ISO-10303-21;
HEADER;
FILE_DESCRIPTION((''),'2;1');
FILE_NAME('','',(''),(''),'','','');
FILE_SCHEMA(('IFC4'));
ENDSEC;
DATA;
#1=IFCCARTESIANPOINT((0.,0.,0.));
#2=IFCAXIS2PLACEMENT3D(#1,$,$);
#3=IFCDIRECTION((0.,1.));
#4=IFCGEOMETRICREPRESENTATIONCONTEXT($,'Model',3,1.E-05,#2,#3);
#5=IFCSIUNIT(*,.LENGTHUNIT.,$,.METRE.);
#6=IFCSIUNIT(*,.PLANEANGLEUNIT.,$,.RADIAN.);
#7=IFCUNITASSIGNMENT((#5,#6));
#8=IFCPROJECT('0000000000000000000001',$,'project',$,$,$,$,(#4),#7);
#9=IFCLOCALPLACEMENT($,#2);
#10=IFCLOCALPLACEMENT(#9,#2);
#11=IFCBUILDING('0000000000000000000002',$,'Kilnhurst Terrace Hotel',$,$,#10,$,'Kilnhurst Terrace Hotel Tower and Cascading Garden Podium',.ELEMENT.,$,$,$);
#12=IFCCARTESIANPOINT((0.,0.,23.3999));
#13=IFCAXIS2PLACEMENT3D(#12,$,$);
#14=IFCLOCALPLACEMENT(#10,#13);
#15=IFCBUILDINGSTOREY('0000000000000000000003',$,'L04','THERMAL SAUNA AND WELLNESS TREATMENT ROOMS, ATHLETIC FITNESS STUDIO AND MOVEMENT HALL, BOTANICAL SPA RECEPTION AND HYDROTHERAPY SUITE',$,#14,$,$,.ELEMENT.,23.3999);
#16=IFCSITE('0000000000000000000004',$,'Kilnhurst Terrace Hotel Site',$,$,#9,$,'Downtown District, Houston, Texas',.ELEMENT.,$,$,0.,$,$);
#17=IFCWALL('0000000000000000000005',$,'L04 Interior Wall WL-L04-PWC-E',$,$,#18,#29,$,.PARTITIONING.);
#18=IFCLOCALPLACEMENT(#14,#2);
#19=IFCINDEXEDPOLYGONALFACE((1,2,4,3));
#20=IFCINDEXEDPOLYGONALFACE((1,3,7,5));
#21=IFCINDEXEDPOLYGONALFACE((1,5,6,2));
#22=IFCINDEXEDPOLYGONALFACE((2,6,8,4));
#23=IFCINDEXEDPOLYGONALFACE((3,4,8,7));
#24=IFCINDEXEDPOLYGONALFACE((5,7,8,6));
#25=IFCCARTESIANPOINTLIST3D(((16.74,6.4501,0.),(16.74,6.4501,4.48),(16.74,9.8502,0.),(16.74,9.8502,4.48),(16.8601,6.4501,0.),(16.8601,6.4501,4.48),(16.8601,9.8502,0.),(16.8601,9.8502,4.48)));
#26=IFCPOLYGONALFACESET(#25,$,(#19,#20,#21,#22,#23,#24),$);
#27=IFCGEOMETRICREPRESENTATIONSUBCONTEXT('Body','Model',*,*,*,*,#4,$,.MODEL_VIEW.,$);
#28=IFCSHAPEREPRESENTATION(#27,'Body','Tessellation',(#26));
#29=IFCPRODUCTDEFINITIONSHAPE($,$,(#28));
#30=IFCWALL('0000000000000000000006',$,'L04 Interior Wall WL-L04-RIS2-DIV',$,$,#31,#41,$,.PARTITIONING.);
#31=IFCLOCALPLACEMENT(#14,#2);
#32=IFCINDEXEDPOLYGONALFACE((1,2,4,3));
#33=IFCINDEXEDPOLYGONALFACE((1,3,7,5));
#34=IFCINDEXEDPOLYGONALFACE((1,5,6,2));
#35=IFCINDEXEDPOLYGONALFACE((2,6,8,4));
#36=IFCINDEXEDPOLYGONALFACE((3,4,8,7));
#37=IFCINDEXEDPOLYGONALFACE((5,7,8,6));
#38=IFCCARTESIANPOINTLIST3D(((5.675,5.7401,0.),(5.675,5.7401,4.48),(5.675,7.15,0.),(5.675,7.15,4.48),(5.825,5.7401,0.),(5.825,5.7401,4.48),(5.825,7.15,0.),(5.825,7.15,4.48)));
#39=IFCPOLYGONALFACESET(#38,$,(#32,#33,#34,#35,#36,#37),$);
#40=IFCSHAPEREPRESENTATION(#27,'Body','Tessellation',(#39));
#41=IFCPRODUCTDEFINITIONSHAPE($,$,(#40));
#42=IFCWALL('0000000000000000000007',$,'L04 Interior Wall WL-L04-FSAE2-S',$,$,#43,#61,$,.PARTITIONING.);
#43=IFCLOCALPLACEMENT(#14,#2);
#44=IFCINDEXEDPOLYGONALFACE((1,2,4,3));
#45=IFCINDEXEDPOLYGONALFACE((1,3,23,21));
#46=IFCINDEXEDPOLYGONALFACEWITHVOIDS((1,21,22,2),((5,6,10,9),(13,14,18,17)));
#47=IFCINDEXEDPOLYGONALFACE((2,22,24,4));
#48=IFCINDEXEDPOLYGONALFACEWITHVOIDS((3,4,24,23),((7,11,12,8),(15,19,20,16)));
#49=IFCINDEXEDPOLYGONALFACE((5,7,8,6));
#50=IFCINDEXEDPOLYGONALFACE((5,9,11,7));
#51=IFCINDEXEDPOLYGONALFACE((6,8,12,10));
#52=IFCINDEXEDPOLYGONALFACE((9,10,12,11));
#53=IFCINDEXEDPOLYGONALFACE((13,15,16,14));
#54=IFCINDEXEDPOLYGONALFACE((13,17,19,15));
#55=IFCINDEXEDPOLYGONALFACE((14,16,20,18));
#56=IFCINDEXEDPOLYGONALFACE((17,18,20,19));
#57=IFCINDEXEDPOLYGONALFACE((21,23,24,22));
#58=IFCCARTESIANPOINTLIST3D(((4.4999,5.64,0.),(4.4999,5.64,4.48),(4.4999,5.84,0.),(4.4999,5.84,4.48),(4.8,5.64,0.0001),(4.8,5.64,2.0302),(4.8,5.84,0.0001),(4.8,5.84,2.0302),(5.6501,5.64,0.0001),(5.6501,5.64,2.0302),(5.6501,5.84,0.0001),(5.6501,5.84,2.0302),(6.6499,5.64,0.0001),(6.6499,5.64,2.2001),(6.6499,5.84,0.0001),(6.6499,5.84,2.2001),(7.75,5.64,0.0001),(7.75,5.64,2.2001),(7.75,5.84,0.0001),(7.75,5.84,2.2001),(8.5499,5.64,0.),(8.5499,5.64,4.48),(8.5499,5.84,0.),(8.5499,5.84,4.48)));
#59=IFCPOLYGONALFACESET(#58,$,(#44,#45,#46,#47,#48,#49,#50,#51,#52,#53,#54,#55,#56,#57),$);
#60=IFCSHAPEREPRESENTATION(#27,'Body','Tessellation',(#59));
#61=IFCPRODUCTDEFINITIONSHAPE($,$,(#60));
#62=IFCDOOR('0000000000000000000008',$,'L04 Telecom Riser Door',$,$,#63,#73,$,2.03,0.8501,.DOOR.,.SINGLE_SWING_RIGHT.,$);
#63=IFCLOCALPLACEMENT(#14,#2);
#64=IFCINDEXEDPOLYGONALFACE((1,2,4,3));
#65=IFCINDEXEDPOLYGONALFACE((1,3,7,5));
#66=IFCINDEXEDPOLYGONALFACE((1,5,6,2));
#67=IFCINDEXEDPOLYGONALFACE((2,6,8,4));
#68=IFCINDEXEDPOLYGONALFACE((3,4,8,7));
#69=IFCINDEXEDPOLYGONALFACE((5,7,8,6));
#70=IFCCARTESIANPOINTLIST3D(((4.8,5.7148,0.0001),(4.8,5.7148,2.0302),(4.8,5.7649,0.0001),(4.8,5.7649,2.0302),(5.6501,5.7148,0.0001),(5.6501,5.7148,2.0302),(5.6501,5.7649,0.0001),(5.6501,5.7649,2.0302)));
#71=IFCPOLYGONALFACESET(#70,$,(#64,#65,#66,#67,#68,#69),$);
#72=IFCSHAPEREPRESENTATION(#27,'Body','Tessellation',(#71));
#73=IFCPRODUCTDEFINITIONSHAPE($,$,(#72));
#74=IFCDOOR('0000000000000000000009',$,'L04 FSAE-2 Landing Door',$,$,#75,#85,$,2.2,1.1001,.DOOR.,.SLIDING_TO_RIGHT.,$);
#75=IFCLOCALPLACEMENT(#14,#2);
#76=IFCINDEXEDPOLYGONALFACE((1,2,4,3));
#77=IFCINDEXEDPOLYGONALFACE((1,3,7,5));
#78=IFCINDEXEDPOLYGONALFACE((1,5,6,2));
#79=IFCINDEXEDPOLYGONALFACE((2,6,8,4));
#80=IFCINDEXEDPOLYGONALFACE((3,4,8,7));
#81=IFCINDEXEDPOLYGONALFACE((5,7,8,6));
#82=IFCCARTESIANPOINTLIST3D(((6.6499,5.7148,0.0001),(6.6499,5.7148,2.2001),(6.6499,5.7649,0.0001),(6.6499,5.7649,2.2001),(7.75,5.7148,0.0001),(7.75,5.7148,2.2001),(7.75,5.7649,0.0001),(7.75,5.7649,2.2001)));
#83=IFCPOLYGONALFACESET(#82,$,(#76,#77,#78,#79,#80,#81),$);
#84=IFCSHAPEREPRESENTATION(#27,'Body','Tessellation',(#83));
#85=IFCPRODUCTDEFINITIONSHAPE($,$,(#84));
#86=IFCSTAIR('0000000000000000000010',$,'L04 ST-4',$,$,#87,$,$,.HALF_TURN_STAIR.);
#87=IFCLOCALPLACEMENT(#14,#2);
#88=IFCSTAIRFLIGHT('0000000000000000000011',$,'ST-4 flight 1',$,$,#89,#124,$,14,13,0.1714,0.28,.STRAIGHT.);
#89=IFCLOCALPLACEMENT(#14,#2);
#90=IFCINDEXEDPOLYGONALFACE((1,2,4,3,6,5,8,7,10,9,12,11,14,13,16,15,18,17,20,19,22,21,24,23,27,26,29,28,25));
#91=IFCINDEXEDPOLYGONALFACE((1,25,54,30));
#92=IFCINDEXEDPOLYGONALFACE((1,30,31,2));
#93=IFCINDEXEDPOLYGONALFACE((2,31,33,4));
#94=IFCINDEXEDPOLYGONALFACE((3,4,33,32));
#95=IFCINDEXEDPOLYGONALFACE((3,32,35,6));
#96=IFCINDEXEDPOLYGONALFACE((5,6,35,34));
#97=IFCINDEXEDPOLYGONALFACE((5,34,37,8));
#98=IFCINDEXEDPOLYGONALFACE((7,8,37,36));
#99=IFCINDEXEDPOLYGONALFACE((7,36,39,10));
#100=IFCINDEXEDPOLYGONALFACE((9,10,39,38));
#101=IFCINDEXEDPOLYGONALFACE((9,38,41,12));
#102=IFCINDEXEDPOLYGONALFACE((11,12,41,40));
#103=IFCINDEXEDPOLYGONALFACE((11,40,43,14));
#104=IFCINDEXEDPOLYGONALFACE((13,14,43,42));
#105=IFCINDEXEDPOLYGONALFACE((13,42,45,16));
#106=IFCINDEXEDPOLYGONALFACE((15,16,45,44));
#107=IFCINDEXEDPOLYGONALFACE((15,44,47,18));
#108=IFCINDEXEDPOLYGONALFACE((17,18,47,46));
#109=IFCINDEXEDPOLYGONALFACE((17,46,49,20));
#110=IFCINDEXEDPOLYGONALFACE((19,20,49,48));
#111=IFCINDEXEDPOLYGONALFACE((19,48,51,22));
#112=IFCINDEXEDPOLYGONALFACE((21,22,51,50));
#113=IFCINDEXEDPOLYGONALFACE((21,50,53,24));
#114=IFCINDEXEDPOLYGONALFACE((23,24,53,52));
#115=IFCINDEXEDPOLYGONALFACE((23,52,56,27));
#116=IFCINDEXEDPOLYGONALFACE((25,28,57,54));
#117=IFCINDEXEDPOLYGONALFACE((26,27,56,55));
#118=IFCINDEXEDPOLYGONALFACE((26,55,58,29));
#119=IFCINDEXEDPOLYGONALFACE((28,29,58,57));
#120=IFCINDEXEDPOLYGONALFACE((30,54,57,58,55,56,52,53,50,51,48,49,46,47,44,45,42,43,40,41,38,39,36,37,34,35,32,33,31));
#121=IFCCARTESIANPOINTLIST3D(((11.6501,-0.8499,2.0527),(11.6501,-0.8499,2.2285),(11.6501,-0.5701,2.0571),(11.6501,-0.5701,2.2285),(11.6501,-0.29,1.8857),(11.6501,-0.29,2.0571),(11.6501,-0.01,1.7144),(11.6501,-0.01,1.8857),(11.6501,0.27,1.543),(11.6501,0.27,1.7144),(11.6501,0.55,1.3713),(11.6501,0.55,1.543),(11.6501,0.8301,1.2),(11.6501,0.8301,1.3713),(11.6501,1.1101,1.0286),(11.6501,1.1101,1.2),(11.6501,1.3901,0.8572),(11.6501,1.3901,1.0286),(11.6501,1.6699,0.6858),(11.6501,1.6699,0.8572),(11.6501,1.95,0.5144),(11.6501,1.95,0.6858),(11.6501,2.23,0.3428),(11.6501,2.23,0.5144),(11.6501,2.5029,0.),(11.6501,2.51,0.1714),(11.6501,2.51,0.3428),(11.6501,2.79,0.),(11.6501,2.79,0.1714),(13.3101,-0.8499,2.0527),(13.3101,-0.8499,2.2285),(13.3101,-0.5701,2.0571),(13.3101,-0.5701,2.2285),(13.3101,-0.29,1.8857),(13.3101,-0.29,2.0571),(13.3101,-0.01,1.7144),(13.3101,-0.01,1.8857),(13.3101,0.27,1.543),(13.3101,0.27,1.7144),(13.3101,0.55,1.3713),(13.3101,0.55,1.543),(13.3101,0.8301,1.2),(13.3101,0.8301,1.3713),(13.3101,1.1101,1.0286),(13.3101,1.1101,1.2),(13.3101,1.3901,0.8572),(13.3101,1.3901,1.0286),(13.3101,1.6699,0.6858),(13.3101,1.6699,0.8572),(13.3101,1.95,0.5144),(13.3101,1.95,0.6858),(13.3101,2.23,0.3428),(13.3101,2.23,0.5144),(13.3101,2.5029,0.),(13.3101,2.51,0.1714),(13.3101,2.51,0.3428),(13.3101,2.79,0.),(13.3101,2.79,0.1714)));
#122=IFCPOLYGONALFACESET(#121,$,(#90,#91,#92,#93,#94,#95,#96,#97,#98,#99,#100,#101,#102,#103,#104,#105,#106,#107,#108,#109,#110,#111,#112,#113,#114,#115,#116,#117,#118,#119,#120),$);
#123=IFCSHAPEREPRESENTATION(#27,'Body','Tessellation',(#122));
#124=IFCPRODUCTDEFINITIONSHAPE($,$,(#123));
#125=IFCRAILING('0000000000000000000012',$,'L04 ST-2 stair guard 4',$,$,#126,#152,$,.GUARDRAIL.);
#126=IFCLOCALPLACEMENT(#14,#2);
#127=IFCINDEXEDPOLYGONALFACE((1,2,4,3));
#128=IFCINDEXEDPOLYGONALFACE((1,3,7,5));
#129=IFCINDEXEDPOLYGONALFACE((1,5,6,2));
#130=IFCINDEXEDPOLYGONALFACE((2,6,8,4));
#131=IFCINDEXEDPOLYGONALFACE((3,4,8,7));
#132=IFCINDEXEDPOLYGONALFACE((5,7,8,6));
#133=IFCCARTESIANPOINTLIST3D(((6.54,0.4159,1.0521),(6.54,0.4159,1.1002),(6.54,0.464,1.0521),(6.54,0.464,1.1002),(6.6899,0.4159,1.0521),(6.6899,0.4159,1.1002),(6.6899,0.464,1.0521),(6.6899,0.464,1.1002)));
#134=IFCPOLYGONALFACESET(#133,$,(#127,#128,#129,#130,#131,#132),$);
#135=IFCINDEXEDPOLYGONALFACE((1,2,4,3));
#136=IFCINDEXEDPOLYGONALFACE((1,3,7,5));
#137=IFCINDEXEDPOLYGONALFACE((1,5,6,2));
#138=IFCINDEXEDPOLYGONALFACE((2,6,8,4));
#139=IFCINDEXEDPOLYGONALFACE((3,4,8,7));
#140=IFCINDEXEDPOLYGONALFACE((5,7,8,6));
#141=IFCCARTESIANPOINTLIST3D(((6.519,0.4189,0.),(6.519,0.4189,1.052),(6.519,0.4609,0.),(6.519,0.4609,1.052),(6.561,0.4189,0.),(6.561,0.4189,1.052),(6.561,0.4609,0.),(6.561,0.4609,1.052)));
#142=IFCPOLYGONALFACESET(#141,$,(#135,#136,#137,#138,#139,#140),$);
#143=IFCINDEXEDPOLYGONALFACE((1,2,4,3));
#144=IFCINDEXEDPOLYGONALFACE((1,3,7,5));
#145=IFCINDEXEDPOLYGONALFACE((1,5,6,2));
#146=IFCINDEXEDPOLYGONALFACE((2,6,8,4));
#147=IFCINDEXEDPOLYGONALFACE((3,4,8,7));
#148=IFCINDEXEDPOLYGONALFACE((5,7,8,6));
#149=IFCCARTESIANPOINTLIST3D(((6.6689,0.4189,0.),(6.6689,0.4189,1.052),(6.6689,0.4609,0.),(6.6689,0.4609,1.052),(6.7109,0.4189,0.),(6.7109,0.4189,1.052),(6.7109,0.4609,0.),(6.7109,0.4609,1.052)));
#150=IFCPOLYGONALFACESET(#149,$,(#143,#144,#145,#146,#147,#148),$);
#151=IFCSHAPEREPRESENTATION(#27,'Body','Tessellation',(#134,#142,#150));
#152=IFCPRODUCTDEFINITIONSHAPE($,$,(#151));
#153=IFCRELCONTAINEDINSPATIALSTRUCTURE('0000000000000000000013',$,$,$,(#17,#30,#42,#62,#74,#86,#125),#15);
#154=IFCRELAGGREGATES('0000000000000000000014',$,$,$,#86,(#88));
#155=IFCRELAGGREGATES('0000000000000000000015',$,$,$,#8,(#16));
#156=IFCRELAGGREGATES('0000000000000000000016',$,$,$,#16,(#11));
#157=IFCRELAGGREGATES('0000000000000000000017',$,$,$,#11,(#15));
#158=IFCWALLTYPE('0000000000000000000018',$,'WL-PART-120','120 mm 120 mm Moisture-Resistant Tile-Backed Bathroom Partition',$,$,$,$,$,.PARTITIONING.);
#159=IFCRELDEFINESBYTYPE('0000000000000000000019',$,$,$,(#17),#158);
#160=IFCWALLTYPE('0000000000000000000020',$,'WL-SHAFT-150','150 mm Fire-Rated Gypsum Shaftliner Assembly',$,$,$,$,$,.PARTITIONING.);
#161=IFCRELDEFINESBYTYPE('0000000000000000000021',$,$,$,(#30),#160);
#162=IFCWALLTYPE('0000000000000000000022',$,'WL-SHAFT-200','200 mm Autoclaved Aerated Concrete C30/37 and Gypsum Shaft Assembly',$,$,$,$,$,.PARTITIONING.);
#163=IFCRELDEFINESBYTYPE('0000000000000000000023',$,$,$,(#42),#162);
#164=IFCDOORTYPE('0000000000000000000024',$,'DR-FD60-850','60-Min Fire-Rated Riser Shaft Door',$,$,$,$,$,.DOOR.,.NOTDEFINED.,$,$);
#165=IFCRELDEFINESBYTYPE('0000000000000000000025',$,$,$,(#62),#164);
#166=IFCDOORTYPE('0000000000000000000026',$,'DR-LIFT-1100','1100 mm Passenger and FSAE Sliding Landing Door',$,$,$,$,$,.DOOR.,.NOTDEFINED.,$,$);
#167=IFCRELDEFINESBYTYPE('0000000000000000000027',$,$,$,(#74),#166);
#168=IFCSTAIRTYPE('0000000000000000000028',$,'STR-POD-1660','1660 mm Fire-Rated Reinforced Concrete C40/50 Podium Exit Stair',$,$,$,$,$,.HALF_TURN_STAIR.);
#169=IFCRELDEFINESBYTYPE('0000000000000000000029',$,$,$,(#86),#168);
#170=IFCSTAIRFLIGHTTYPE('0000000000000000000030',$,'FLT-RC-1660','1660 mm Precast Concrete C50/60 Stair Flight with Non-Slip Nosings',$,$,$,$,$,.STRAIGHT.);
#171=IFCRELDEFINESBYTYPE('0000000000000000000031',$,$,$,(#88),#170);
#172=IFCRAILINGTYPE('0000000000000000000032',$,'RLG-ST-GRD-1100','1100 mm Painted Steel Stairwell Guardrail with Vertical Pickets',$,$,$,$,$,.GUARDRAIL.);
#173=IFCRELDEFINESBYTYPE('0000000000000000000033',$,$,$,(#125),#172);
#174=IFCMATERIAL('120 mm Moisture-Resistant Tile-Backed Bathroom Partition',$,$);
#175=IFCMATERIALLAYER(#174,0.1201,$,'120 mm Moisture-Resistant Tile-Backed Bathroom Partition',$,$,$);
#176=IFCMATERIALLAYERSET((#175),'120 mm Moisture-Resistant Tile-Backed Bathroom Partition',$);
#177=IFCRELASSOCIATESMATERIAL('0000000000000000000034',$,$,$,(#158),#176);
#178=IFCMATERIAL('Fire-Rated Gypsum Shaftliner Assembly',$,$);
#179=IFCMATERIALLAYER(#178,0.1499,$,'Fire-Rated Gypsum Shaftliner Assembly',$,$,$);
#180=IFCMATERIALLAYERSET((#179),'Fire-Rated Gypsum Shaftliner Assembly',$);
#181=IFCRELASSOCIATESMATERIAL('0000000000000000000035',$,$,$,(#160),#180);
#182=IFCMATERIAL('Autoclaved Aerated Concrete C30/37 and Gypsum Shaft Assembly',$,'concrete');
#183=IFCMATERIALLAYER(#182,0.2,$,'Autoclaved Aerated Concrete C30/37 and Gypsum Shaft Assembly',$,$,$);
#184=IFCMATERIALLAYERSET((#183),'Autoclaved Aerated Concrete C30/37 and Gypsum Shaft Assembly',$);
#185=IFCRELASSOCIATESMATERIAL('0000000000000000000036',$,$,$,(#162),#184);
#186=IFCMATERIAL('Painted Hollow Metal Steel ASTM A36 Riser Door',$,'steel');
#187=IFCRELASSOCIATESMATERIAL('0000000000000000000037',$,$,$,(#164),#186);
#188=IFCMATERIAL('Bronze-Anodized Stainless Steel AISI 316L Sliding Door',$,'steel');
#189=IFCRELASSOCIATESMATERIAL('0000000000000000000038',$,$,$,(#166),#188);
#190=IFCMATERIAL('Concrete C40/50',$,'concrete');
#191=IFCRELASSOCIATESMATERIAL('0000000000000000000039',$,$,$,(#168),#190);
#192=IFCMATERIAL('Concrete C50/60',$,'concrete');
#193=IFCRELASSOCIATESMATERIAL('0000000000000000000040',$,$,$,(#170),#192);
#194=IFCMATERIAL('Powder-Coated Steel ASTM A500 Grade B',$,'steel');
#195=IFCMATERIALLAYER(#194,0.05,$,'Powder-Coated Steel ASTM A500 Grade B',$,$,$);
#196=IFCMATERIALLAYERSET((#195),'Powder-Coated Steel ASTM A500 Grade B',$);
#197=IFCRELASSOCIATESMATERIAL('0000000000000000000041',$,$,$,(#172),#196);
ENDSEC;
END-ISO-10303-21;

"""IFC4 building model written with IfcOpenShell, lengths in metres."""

from ifc_helpers import new_model, si_unit, direction, frame, frame_2d, origin, origin_2d, place, context, subcontext, project, spatial, polyline, rectangle, outline, extrude, material, layer, layer_set, type_object, element, fill, aggregate, save


model = new_model("IFC4")

# Units and contexts
model_context = context("Model", 3, precision=1e-05, world=origin(), true_north=direction((0.0, 1.0)))
body_context = subcontext(model_context, "Body", "Model", "MODEL_VIEW")
ifc_project = project(units=[si_unit("LENGTHUNIT", "METRE"), si_unit("PLANEANGLEUNIT", "RADIAN")], contexts=[model_context])

# Site, building, storey
site_placement = place(None, origin())
site = spatial("IfcSite", under=ifc_project, at=site_placement, Name="Kilnhurst Terrace Hotel Site", LongName="Downtown District, Houston, Texas", CompositionType="ELEMENT", RefElevation=0.0)
building_placement = place(site_placement, origin())
building = spatial("IfcBuilding", under=site, at=building_placement, Name="Kilnhurst Terrace Hotel", LongName="Kilnhurst Terrace Hotel Tower and Cascading Garden Podium", CompositionType="ELEMENT")
storey_placement = place(building_placement, frame((0.0, 0.0, 23.3999)))
storey = spatial("IfcBuildingStorey", under=building, at=storey_placement, Name="L04", Description="THERMAL SAUNA AND WELLNESS TREATMENT ROOMS, ATHLETIC FITNESS STUDIO AND MOVEMENT HALL, BOTANICAL SPA RECEPTION AND HYDROTHERAPY SUITE", CompositionType="ELEMENT", Elevation=23.3999)

# Walls
ifc_material_1 = material(Name="120 mm Moisture-Resistant Tile-Backed Bathroom Partition")
ifc_layer_1 = layer(ifc_material_1, 0.1201, Name="120 mm Moisture-Resistant Tile-Backed Bathroom Partition")
ifc_layer_set_1 = layer_set([ifc_layer_1], Name="120 mm Moisture-Resistant Tile-Backed Bathroom Partition")
wall_type_1 = type_object("IfcWallType", Name="WL-PART-120", Description="120 mm 120 mm Moisture-Resistant Tile-Backed Bathroom Partition", PredefinedType="PARTITIONING", material=ifc_layer_set_1)
wall_1_placement = place(storey_placement, frame((16.8, 6.45, 0.0), z_axis=(0.0, 0.0, 1.0), x_axis=(0.0, 1.0, 0.0)))
element("IfcWall", 1, at=wall_1_placement, inside=storey, type_object=wall_type_1, Name="L04 Interior Wall WL-L04-PWC-E", PredefinedType="PARTITIONING", context=body_context, shape_type="SweptSolid", body=[
    extrude(rectangle(XDim=3.4001, YDim=0.1201, at=frame_2d((1.7002, 0.0))), origin(), (0.0, 0.0, 1.0), 4.48),
])
ifc_material_2 = material(Name="Fire-Rated Gypsum Shaftliner Assembly")
ifc_layer_2 = layer(ifc_material_2, 0.1499, Name="Fire-Rated Gypsum Shaftliner Assembly")
ifc_layer_set_2 = layer_set([ifc_layer_2], Name="Fire-Rated Gypsum Shaftliner Assembly")
wall_type_2 = type_object("IfcWallType", Name="WL-SHAFT-150", Description="150 mm Fire-Rated Gypsum Shaftliner Assembly", PredefinedType="PARTITIONING", material=ifc_layer_set_2)
wall_2_placement = place(storey_placement, frame((5.75, 5.74, 0.0), z_axis=(0.0, 0.0, 1.0), x_axis=(0.0, 1.0, 0.0)))
element("IfcWall", 2, at=wall_2_placement, inside=storey, type_object=wall_type_2, Name="L04 Interior Wall WL-L04-RIS2-DIV", PredefinedType="PARTITIONING", context=body_context, shape_type="SweptSolid", body=[
    extrude(rectangle(XDim=1.4099, YDim=0.1499, at=frame_2d((0.7051, 0.0))), origin(), (0.0, 0.0, 1.0), 4.48),
])

# Wall, openings, doors
ifc_material_3 = material(Name="Autoclaved Aerated Concrete C30/37 and Gypsum Shaft Assembly", Category="concrete")
ifc_layer_3 = layer(ifc_material_3, 0.2, Name="Autoclaved Aerated Concrete C30/37 and Gypsum Shaft Assembly")
ifc_layer_set_3 = layer_set([ifc_layer_3], Name="Autoclaved Aerated Concrete C30/37 and Gypsum Shaft Assembly")
wall_type_3 = type_object("IfcWallType", Name="WL-SHAFT-200", Description="200 mm Autoclaved Aerated Concrete C30/37 and Gypsum Shaft Assembly", PredefinedType="PARTITIONING", material=ifc_layer_set_3)
wall_3_placement = place(storey_placement, frame((4.5, 5.74, 0.0), z_axis=(0.0, 0.0, 1.0), x_axis=(1.0, 0.0, 0.0)))
wall_3 = element("IfcWall", 3, at=wall_3_placement, inside=storey, type_object=wall_type_3, Name="L04 Interior Wall WL-L04-FSAE2-S", PredefinedType="PARTITIONING", context=body_context, shape_type="SweptSolid", body=[
    extrude(rectangle(XDim=4.05, YDim=0.2, at=frame_2d((2.0249, 0.0))), origin(), (0.0, 0.0, 1.0), 4.48),
])
opening_1_placement = place(wall_3_placement, frame((0.3, 0.0, 0.0)))
opening_1 = element("IfcOpeningElement", 4, at=opening_1_placement, cuts=wall_3, PredefinedType="OPENING", context=body_context, shape_type="SweptSolid", body=[
    extrude(rectangle(XDim=0.8501, YDim=2.03, at=frame_2d((0.425, 1.0151))), frame((0.0, 0.1099, 0.0), z_axis=(0.0, -1.0, 0.0), x_axis=(1.0, 0.0, 0.0)), (0.0, 0.0, 1.0), 0.22),
])
opening_2_placement = place(wall_3_placement, frame((2.1499, 0.0, 0.0)))
opening_2 = element("IfcOpeningElement", 5, at=opening_2_placement, cuts=wall_3, PredefinedType="OPENING", context=body_context, shape_type="SweptSolid", body=[
    extrude(rectangle(XDim=1.1001, YDim=2.2, at=frame_2d((0.55, 1.1001))), frame((0.0, 0.1099, 0.0), z_axis=(0.0, -1.0, 0.0), x_axis=(1.0, 0.0, 0.0)), (0.0, 0.0, 1.0), 0.22),
])
ifc_material_4 = material(Name="Painted Hollow Metal Steel ASTM A36 Riser Door", Category="steel")
door_type_1 = type_object("IfcDoorType", Name="DR-FD60-850", Description="60-Min Fire-Rated Riser Shaft Door", OperationType="NOTDEFINED", PredefinedType="DOOR", material=ifc_material_4)
door_1_placement = place(opening_1_placement, origin())
door_1 = element("IfcDoor", 6, at=door_1_placement, inside=storey, type_object=door_type_1, Name="L04 Telecom Riser Door", OperationType="SINGLE_SWING_RIGHT", OverallHeight=2.03, OverallWidth=0.8501, PredefinedType="DOOR", context=body_context, shape_type="SweptSolid", body=[
    extrude(rectangle(XDim=0.8501, YDim=2.03, at=frame_2d((0.425, 1.0151))), frame((0.0, 0.0249, 0.0), z_axis=(0.0, -1.0, 0.0), x_axis=(1.0, 0.0, 0.0)), (0.0, 0.0, 1.0), 0.05),
])
fill(opening_1, door_1)
ifc_material_5 = material(Name="Bronze-Anodized Stainless Steel AISI 316L Sliding Door", Category="steel")
door_type_2 = type_object("IfcDoorType", Name="DR-LIFT-1100", Description="1100 mm Passenger and FSAE Sliding Landing Door", OperationType="NOTDEFINED", PredefinedType="DOOR", material=ifc_material_5)
door_2_placement = place(opening_2_placement, origin())
door_2 = element("IfcDoor", 7, at=door_2_placement, inside=storey, type_object=door_type_2, Name="L04 FSAE-2 Landing Door", OperationType="SLIDING_TO_RIGHT", OverallHeight=2.2, OverallWidth=1.1001, PredefinedType="DOOR", context=body_context, shape_type="SweptSolid", body=[
    extrude(rectangle(XDim=1.1001, YDim=2.2, at=frame_2d((0.55, 1.1001))), frame((0.0, 0.0249, 0.0), z_axis=(0.0, -1.0, 0.0), x_axis=(1.0, 0.0, 0.0)), (0.0, 0.0, 1.0), 0.05),
])
fill(opening_2, door_2)

# Shared definitions
ifc_material_6 = material(Name="Concrete C50/60", Category="concrete")

# Stair, stair flight
ifc_material_7 = material(Name="Concrete C40/50", Category="concrete")
stair_type = type_object("IfcStairType", Name="STR-POD-1660", Description="1660 mm Fire-Rated Reinforced Concrete C40/50 Podium Exit Stair", PredefinedType="HALF_TURN_STAIR", material=ifc_material_7)
stair_placement = place(storey_placement, origin())
stair = element("IfcStair", 8, at=stair_placement, inside=storey, type_object=stair_type, Name="L04 ST-4", PredefinedType="HALF_TURN_STAIR")
stair_flight_type = type_object("IfcStairFlightType", Name="FLT-RC-1660", Description="1660 mm Precast Concrete C50/60 Stair Flight with Non-Slip Nosings", PredefinedType="STRAIGHT", material=ifc_material_6)
stair_flight_placement = place(storey_placement, frame((12.48, 2.79, 0.0), z_axis=(0.0, 0.0, 1.0), x_axis=(0.0, -1.0, 0.0)))
stair_flight = element("IfcStairFlight", 9, at=stair_flight_placement, type_object=stair_flight_type, Name="ST-4 flight 1", NumberOfRisers=14, NumberOfTreads=13, PredefinedType="STRAIGHT", RiserHeight=0.1714, TreadLength=0.28, context=body_context, shape_type="SweptSolid", body=[
    extrude(outline(polyline([(0.0, 0.0), (0.0, 0.1714), (0.28, 0.1714), (0.28, 0.3428), (0.5601, 0.3428), (0.5601, 0.5144), (0.8401, 0.5144), (0.8401, 0.6858), (1.1201, 0.6858), (1.1201, 0.8572), (1.3999, 0.8572), (1.3999, 1.0286), (1.6799, 1.0286), (1.6799, 1.2), (1.96, 1.2), (1.96, 1.3713), (2.24, 1.3713), (2.24, 1.543), (2.52, 1.543), (2.52, 1.7144), (2.8, 1.7144), (2.8, 1.8857), (3.0801, 1.8857), (3.0801, 2.0571), (3.3601, 2.0571), (3.3601, 2.2285), (3.6399, 2.2285), (3.6399, 2.3999), (3.6399, 2.0527), (0.2871, 0.0), (0.0, 0.0)])), frame((0.0, 0.8301, 0.0), z_axis=(0.0, -1.0, 0.0), x_axis=(1.0, 0.0, 0.0)), (0.0, 0.0, 1.0), 1.6599),
])
aggregate(stair, [stair_flight])

# Railing
ifc_material_8 = material(Name="Powder-Coated Steel ASTM A500 Grade B", Category="steel")
ifc_layer_4 = layer(ifc_material_8, 0.05, Name="Powder-Coated Steel ASTM A500 Grade B")
ifc_layer_set_4 = layer_set([ifc_layer_4], Name="Powder-Coated Steel ASTM A500 Grade B")
railing_type_1 = type_object("IfcRailingType", Name="RLG-ST-GRD-1100", Description="1100 mm Painted Steel Stairwell Guardrail with Vertical Pickets", PredefinedType="GUARDRAIL", material=ifc_layer_set_4)
railing_1_placement = place(storey_placement, frame((6.54, 0.4399, 0.0)))
element("IfcRailing", 10, at=railing_1_placement, inside=storey, type_object=railing_type_1, Name="L04 ST-2 stair guard 4", PredefinedType="GUARDRAIL", context=body_context, shape_type="SweptSolid", body=[
    extrude(rectangle(XDim=0.0481, YDim=0.0481, at=origin_2d()), frame((0.0, 0.0, 1.0762), z_axis=(1.0, 0.0, 0.0), x_axis=(0.0, 1.0, 0.0)), (0.0, 0.0, 1.0), 0.1499),
    extrude(rectangle(XDim=0.042, YDim=0.042, at=origin_2d()), origin(), (0.0, 0.0, 1.0), 1.052),
    extrude(rectangle(XDim=0.042, YDim=0.042, at=origin_2d()), frame((0.1499, 0.0, 0.0)), (0.0, 0.0, 1.0), 1.052),
])

save(model, "model.ifc")
